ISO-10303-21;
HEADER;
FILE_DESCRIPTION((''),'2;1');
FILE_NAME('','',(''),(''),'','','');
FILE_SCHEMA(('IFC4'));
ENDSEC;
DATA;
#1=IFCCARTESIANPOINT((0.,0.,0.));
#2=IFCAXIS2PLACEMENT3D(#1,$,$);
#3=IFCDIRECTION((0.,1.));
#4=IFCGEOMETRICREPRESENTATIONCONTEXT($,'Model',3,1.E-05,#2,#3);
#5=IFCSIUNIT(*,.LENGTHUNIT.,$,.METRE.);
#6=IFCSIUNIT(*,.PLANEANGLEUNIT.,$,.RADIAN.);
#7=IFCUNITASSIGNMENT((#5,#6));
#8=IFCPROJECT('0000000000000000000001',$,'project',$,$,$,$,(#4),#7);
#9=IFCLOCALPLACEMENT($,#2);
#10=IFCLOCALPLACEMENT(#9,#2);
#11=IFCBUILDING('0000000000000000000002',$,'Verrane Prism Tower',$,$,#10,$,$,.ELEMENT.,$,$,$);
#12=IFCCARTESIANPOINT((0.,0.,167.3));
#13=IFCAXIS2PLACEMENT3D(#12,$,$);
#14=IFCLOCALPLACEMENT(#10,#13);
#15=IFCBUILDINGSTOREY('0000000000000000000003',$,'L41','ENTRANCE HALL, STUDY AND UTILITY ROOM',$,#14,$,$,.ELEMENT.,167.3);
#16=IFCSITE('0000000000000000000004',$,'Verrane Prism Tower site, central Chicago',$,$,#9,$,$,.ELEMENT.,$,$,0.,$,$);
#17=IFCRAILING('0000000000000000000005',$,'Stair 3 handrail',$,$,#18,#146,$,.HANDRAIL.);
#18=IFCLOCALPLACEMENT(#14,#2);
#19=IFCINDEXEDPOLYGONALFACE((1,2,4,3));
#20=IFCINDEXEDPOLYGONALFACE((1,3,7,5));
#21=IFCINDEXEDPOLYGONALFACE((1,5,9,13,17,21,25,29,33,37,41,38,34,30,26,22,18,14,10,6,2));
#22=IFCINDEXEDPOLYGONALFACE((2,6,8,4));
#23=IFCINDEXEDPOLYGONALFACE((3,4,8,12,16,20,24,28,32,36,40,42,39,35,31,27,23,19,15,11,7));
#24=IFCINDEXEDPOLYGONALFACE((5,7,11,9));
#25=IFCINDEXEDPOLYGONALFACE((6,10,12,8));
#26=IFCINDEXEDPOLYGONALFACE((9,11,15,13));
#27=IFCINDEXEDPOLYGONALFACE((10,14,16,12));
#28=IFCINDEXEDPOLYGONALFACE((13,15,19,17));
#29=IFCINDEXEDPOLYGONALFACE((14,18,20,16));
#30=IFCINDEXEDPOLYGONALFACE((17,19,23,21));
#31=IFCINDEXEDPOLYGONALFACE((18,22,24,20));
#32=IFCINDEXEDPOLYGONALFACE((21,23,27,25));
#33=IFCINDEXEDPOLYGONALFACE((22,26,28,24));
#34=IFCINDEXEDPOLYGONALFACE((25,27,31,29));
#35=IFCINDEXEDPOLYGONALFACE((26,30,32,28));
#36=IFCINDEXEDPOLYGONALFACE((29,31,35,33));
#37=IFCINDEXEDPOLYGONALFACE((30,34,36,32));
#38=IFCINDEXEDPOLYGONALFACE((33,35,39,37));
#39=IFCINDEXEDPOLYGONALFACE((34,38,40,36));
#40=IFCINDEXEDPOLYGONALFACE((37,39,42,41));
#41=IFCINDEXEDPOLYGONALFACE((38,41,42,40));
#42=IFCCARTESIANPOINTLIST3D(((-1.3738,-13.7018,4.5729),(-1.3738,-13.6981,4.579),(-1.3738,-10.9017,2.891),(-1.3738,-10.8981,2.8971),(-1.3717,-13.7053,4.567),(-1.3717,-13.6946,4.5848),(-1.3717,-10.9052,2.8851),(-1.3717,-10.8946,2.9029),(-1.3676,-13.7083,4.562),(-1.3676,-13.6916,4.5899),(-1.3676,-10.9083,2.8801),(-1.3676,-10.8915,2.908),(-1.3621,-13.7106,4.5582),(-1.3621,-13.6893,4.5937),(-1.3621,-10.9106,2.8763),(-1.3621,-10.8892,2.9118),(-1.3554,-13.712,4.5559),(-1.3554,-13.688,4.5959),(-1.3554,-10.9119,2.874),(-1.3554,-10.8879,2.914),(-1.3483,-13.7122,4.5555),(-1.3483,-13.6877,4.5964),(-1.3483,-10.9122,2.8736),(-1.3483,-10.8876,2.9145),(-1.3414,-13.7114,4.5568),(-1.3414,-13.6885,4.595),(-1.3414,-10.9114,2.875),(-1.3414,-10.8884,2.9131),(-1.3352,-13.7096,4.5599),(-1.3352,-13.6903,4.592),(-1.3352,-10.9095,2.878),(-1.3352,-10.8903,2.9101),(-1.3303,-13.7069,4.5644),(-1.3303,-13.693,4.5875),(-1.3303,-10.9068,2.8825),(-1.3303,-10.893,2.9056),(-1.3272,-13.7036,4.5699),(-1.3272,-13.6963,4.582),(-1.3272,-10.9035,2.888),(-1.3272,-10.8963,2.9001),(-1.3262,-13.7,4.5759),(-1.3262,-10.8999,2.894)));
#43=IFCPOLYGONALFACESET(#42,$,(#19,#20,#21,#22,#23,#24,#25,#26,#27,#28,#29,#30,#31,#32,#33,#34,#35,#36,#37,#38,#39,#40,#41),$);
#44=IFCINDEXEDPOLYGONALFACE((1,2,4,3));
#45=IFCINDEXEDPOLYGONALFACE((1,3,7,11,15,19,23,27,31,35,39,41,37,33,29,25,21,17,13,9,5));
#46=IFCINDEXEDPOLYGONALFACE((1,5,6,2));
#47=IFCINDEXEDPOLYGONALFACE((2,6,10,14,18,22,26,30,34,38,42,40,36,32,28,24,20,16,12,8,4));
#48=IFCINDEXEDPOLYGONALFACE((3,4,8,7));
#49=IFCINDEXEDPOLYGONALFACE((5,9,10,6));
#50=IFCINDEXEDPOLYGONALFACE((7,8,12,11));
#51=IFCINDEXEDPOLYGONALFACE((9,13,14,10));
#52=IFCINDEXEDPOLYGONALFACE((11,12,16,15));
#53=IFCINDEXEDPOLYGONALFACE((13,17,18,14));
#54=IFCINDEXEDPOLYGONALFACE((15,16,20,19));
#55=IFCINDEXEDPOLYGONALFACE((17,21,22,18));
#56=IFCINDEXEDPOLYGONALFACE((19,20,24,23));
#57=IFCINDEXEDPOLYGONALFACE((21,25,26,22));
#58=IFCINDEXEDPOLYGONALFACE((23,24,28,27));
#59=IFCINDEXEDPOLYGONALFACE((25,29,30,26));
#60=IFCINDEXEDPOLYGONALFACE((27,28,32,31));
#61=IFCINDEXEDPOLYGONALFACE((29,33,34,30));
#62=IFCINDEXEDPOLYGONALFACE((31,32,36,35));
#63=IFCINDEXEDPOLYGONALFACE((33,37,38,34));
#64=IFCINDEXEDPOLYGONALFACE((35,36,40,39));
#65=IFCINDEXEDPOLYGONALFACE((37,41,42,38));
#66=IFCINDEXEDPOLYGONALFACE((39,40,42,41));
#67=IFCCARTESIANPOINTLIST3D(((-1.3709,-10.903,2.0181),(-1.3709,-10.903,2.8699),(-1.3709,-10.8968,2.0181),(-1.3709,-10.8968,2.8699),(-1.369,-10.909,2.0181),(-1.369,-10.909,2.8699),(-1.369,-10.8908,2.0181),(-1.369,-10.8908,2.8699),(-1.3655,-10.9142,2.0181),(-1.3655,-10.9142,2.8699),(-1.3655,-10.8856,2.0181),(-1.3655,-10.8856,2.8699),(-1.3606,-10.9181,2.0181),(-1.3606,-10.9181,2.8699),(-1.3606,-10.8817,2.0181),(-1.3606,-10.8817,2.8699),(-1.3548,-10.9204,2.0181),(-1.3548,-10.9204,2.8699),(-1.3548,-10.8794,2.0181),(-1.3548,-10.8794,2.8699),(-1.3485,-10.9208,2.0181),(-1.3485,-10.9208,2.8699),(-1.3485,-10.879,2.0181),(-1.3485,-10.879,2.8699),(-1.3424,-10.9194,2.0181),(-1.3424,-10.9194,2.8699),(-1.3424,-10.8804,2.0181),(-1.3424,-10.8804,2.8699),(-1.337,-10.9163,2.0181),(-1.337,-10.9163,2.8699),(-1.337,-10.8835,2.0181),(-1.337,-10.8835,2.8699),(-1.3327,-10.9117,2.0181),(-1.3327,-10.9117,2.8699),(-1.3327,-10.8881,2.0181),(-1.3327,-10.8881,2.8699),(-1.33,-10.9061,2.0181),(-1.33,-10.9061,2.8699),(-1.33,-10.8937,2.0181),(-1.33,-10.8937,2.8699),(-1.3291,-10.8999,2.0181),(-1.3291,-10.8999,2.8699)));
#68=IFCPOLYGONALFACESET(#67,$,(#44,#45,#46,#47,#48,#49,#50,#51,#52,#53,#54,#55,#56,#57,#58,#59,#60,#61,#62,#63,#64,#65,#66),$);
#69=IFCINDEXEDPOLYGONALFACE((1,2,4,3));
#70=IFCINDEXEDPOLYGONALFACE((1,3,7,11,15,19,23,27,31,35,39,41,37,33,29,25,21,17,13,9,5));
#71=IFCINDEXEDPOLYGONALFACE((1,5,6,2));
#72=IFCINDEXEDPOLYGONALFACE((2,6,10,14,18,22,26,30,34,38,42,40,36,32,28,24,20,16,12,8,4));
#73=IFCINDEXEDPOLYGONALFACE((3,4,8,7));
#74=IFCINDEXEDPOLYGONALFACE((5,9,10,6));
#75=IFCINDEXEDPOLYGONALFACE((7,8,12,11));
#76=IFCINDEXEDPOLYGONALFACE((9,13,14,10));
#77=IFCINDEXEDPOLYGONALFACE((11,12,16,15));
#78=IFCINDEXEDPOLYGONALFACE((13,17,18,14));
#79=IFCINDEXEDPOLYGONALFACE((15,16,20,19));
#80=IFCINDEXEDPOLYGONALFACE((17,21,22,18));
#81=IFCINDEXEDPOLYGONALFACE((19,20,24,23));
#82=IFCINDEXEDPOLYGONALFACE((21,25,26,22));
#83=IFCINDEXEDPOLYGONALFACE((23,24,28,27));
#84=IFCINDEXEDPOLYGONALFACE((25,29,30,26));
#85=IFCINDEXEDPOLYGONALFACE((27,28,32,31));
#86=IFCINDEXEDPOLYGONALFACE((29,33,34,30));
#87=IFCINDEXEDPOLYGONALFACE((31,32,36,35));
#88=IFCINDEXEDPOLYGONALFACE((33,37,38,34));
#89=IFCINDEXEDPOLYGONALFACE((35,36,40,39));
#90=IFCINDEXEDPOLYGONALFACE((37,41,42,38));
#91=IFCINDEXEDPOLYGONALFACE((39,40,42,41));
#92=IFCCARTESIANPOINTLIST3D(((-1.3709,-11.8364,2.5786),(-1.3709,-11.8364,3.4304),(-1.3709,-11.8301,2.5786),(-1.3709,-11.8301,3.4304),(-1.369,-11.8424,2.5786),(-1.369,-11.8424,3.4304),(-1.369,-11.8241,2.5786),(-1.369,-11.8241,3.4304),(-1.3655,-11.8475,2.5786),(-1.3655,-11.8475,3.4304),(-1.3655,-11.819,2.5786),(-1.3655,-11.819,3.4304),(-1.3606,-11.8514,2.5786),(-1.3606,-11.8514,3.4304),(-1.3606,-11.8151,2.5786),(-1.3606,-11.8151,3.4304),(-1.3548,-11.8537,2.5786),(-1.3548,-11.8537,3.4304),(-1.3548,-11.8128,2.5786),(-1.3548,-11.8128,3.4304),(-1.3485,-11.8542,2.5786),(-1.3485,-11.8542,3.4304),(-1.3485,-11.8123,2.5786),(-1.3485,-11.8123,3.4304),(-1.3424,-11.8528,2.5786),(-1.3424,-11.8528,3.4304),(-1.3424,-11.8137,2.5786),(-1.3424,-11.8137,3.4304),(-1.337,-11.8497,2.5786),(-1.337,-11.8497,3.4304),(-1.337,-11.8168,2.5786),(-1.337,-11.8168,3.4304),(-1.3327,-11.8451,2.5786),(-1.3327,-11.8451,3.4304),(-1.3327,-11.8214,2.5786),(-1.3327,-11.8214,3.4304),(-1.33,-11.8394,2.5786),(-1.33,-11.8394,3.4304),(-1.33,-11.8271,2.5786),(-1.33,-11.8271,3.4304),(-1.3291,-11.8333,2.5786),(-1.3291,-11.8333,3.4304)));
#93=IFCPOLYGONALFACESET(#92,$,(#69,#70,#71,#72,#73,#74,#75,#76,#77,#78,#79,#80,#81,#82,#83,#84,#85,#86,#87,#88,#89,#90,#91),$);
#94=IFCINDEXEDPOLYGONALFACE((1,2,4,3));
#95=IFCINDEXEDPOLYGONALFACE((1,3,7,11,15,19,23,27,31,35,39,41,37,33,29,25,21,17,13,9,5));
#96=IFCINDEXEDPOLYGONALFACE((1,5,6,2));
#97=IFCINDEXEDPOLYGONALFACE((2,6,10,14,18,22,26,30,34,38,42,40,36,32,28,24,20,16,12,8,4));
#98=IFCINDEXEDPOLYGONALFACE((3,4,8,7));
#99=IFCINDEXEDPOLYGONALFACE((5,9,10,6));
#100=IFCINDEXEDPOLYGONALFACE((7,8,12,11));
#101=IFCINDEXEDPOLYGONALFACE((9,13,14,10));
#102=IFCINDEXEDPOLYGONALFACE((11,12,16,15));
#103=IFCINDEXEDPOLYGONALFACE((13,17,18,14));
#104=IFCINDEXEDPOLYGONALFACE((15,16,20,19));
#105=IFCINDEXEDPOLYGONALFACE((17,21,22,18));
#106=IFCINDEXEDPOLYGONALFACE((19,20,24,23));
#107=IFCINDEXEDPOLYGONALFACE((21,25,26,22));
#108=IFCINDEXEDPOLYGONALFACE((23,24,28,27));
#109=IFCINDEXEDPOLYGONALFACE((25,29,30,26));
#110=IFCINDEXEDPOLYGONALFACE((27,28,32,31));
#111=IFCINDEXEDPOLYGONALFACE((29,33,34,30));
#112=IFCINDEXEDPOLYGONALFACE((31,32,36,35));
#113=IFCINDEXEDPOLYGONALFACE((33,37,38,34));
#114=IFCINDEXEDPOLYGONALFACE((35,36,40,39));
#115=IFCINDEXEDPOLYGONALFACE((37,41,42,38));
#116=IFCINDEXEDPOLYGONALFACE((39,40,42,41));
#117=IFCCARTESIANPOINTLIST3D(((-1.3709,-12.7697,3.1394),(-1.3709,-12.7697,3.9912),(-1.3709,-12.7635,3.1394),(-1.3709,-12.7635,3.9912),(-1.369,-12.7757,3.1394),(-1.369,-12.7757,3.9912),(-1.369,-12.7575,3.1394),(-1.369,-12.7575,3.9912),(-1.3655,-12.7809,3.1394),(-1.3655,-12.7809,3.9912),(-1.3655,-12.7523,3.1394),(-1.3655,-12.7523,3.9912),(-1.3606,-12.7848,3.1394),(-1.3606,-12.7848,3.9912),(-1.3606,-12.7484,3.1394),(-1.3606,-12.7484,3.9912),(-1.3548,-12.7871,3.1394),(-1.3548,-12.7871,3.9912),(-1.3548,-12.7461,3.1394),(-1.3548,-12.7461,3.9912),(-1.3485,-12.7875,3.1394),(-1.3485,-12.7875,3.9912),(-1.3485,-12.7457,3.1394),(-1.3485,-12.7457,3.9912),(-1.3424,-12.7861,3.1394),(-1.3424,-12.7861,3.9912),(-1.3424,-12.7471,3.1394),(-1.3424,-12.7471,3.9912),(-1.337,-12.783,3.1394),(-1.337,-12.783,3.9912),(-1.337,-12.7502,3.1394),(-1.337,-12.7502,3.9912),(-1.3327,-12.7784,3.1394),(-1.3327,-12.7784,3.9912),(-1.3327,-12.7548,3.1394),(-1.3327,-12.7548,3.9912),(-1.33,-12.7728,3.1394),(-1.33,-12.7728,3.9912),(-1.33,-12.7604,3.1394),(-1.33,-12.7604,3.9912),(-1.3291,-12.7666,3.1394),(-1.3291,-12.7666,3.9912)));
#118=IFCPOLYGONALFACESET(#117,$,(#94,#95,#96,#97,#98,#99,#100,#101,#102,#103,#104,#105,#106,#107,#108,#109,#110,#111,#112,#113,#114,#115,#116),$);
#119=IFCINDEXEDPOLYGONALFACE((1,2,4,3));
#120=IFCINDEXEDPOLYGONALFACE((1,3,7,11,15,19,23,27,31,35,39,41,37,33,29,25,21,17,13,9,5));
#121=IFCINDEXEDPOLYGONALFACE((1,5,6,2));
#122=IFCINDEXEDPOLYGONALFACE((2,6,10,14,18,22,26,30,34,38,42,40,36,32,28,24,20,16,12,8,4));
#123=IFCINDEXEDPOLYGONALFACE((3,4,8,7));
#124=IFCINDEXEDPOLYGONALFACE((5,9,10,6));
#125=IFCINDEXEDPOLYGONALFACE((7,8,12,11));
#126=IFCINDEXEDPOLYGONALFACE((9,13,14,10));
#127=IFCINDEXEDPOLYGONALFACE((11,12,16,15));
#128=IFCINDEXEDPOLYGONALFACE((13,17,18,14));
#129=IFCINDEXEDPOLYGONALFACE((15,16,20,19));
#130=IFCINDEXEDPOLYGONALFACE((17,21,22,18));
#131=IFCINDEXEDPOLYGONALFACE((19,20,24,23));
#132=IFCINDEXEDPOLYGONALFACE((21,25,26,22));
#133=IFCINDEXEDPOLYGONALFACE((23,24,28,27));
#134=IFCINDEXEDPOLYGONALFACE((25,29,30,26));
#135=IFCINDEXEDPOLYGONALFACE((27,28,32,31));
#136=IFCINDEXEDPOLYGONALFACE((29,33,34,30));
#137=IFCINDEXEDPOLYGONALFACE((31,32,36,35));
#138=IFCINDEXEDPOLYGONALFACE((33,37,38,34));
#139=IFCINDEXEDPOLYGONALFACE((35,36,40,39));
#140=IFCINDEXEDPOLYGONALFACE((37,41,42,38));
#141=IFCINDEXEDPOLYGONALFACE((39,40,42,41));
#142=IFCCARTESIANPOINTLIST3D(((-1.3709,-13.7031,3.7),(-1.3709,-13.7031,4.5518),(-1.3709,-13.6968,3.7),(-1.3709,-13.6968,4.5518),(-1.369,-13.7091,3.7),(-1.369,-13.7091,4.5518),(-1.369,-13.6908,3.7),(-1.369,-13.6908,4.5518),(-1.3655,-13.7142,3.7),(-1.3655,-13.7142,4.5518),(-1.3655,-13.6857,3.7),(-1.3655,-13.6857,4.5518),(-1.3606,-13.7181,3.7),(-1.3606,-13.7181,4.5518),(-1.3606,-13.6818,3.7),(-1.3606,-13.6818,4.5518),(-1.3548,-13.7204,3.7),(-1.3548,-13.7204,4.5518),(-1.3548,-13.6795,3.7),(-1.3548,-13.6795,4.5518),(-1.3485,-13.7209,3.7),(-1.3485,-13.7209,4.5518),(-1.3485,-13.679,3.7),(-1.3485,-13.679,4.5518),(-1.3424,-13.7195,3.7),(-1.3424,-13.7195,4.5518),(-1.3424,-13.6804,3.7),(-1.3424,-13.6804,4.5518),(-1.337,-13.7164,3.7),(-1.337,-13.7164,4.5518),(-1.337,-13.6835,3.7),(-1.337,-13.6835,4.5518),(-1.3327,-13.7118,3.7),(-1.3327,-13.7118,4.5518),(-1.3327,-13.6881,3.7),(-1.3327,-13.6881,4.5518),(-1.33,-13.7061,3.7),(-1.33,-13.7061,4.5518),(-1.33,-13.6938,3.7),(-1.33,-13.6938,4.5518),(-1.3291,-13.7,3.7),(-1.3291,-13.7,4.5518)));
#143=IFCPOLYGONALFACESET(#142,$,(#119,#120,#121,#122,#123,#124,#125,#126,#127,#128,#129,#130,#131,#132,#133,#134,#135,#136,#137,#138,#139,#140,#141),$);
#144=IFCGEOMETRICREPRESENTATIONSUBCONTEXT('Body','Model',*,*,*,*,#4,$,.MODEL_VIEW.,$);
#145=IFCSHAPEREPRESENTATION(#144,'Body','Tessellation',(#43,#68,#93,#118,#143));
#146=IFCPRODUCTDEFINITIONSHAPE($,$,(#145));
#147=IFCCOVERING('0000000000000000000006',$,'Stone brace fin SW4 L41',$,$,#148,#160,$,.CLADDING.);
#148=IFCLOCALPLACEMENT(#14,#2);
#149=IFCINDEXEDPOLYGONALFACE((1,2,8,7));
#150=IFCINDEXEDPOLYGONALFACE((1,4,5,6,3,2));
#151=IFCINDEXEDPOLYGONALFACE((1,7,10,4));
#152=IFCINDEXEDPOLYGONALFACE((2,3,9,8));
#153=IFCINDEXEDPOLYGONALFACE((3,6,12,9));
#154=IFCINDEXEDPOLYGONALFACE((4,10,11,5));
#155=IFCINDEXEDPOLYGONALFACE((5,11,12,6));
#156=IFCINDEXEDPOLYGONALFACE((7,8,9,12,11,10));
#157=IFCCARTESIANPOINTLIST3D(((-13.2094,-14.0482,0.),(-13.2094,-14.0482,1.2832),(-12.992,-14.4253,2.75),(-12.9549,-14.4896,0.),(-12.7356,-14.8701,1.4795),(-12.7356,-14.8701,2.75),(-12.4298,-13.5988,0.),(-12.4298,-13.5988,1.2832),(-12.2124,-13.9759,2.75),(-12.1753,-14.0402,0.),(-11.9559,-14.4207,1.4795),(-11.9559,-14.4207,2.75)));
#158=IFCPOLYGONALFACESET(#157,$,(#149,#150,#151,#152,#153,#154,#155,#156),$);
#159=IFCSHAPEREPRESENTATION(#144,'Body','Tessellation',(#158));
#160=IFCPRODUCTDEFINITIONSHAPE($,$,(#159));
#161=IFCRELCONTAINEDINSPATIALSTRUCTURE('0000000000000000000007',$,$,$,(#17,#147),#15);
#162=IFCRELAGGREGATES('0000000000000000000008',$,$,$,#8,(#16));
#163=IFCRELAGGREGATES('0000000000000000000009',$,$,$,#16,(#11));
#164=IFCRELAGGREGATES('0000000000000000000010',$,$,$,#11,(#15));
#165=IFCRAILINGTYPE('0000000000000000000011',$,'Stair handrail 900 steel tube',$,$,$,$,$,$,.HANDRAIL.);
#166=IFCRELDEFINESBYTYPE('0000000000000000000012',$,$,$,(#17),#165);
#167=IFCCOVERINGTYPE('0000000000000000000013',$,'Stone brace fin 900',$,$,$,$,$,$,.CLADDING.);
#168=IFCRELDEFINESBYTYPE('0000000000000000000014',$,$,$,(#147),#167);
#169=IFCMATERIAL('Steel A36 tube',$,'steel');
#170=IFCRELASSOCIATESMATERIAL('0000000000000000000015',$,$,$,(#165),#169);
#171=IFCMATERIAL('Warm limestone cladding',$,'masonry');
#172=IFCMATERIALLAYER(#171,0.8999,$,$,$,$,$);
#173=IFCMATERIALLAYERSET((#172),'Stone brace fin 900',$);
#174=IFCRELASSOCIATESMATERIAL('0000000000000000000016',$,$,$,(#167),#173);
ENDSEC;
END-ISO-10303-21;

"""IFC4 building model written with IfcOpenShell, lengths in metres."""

from ifc_helpers import new_model, si_unit, direction, frame, origin, origin_2d, place, context, subcontext, project, spatial, polyline, circle, outline, extrude, material, layer, layer_set, type_object, element, save


model = new_model("IFC4")

# Units and contexts
model_context = context("Model", 3, precision=1e-05, world=origin(), true_north=direction((0.0, 1.0)))
body_context = subcontext(model_context, "Body", "Model", "MODEL_VIEW")
ifc_project = project(units=[si_unit("LENGTHUNIT", "METRE"), si_unit("PLANEANGLEUNIT", "RADIAN")], contexts=[model_context])

# Site, building, storey
site_placement = place(None, origin())
site = spatial("IfcSite", under=ifc_project, at=site_placement, Name="Verrane Prism Tower site, central Chicago", CompositionType="ELEMENT", RefElevation=0.0)
building_placement = place(site_placement, origin())
building = spatial("IfcBuilding", under=site, at=building_placement, Name="Verrane Prism Tower", CompositionType="ELEMENT")
storey_placement = place(building_placement, frame((0.0, 0.0, 167.3)))
storey = spatial("IfcBuildingStorey", under=building, at=storey_placement, Name="L41", Description="ENTRANCE HALL, STUDY AND UTILITY ROOM", CompositionType="ELEMENT", Elevation=167.3)

# Railing
ifc_material_1 = material(Name="Steel A36 tube", Category="steel")
railing_type = type_object("IfcRailingType", Name="Stair handrail 900 steel tube", PredefinedType="HANDRAIL", material=ifc_material_1)
railing_placement = place(storey_placement, frame((-1.3501, -10.8999, 2.0181)))
element("IfcRailing", 1, at=railing_placement, inside=storey, type_object=railing_type, Name="Stair 3 handrail", PredefinedType="HANDRAIL", context=body_context, shape_type="SweptSolid", body=[
    extrude(circle(Radius=0.0239, at=origin_2d()), frame((0.0, 0.0, 0.876), z_axis=(0.0, -0.857242, 0.514913), x_axis=(1.0, 0.0, 0.0)), (0.0, 0.0, 1.0), 3.2664),
    extrude(circle(Radius=0.021, at=origin_2d()), origin(), (0.0, 0.0, 1.0), 0.8518),
    extrude(circle(Radius=0.021, at=origin_2d()), frame((0.0, -0.9333, 0.5605)), (0.0, 0.0, 1.0), 0.8518),
    extrude(circle(Radius=0.021, at=origin_2d()), frame((0.0, -1.8667, 1.1213)), (0.0, 0.0, 1.0), 0.8518),
    extrude(circle(Radius=0.021, at=origin_2d()), frame((0.0, -2.8, 1.6819)), (0.0, 0.0, 1.0), 0.8518),
])

# Covering
ifc_material_2 = material(Name="Warm limestone cladding", Category="masonry")
ifc_layer_1 = layer(ifc_material_2, 0.8999)
ifc_layer_set_1 = layer_set([ifc_layer_1], Name="Stone brace fin 900")
covering_type = type_object("IfcCoveringType", Name="Stone brace fin 900", PredefinedType="CLADDING", material=ifc_layer_set_1)
covering_placement = place(storey_placement, frame((-12.8196, -13.8235, 0.0), z_axis=(0.0, 0.0, 1.0), x_axis=(0.499433, -0.866353, 0.0)))
element("IfcCovering", 2, at=covering_placement, inside=storey, type_object=covering_type, Name="Stone brace fin SW4 L41", PredefinedType="CLADDING", context=body_context, shape_type="SweptSolid", body=[
    extrude(outline(polyline([(0.9487, 2.75), (0.4353, 2.75), (0.0, 1.2832), (0.0, 0.0), (0.5095, 0.0), (0.9487, 1.4795), (0.9487, 2.75)])), frame((0.0, 0.45, 0.0), z_axis=(0.0, -1.0, 0.0), x_axis=(1.0, 0.0, 0.0)), (0.0, 0.0, 1.0), 0.8999),
])

save(model, "model.ifc")
